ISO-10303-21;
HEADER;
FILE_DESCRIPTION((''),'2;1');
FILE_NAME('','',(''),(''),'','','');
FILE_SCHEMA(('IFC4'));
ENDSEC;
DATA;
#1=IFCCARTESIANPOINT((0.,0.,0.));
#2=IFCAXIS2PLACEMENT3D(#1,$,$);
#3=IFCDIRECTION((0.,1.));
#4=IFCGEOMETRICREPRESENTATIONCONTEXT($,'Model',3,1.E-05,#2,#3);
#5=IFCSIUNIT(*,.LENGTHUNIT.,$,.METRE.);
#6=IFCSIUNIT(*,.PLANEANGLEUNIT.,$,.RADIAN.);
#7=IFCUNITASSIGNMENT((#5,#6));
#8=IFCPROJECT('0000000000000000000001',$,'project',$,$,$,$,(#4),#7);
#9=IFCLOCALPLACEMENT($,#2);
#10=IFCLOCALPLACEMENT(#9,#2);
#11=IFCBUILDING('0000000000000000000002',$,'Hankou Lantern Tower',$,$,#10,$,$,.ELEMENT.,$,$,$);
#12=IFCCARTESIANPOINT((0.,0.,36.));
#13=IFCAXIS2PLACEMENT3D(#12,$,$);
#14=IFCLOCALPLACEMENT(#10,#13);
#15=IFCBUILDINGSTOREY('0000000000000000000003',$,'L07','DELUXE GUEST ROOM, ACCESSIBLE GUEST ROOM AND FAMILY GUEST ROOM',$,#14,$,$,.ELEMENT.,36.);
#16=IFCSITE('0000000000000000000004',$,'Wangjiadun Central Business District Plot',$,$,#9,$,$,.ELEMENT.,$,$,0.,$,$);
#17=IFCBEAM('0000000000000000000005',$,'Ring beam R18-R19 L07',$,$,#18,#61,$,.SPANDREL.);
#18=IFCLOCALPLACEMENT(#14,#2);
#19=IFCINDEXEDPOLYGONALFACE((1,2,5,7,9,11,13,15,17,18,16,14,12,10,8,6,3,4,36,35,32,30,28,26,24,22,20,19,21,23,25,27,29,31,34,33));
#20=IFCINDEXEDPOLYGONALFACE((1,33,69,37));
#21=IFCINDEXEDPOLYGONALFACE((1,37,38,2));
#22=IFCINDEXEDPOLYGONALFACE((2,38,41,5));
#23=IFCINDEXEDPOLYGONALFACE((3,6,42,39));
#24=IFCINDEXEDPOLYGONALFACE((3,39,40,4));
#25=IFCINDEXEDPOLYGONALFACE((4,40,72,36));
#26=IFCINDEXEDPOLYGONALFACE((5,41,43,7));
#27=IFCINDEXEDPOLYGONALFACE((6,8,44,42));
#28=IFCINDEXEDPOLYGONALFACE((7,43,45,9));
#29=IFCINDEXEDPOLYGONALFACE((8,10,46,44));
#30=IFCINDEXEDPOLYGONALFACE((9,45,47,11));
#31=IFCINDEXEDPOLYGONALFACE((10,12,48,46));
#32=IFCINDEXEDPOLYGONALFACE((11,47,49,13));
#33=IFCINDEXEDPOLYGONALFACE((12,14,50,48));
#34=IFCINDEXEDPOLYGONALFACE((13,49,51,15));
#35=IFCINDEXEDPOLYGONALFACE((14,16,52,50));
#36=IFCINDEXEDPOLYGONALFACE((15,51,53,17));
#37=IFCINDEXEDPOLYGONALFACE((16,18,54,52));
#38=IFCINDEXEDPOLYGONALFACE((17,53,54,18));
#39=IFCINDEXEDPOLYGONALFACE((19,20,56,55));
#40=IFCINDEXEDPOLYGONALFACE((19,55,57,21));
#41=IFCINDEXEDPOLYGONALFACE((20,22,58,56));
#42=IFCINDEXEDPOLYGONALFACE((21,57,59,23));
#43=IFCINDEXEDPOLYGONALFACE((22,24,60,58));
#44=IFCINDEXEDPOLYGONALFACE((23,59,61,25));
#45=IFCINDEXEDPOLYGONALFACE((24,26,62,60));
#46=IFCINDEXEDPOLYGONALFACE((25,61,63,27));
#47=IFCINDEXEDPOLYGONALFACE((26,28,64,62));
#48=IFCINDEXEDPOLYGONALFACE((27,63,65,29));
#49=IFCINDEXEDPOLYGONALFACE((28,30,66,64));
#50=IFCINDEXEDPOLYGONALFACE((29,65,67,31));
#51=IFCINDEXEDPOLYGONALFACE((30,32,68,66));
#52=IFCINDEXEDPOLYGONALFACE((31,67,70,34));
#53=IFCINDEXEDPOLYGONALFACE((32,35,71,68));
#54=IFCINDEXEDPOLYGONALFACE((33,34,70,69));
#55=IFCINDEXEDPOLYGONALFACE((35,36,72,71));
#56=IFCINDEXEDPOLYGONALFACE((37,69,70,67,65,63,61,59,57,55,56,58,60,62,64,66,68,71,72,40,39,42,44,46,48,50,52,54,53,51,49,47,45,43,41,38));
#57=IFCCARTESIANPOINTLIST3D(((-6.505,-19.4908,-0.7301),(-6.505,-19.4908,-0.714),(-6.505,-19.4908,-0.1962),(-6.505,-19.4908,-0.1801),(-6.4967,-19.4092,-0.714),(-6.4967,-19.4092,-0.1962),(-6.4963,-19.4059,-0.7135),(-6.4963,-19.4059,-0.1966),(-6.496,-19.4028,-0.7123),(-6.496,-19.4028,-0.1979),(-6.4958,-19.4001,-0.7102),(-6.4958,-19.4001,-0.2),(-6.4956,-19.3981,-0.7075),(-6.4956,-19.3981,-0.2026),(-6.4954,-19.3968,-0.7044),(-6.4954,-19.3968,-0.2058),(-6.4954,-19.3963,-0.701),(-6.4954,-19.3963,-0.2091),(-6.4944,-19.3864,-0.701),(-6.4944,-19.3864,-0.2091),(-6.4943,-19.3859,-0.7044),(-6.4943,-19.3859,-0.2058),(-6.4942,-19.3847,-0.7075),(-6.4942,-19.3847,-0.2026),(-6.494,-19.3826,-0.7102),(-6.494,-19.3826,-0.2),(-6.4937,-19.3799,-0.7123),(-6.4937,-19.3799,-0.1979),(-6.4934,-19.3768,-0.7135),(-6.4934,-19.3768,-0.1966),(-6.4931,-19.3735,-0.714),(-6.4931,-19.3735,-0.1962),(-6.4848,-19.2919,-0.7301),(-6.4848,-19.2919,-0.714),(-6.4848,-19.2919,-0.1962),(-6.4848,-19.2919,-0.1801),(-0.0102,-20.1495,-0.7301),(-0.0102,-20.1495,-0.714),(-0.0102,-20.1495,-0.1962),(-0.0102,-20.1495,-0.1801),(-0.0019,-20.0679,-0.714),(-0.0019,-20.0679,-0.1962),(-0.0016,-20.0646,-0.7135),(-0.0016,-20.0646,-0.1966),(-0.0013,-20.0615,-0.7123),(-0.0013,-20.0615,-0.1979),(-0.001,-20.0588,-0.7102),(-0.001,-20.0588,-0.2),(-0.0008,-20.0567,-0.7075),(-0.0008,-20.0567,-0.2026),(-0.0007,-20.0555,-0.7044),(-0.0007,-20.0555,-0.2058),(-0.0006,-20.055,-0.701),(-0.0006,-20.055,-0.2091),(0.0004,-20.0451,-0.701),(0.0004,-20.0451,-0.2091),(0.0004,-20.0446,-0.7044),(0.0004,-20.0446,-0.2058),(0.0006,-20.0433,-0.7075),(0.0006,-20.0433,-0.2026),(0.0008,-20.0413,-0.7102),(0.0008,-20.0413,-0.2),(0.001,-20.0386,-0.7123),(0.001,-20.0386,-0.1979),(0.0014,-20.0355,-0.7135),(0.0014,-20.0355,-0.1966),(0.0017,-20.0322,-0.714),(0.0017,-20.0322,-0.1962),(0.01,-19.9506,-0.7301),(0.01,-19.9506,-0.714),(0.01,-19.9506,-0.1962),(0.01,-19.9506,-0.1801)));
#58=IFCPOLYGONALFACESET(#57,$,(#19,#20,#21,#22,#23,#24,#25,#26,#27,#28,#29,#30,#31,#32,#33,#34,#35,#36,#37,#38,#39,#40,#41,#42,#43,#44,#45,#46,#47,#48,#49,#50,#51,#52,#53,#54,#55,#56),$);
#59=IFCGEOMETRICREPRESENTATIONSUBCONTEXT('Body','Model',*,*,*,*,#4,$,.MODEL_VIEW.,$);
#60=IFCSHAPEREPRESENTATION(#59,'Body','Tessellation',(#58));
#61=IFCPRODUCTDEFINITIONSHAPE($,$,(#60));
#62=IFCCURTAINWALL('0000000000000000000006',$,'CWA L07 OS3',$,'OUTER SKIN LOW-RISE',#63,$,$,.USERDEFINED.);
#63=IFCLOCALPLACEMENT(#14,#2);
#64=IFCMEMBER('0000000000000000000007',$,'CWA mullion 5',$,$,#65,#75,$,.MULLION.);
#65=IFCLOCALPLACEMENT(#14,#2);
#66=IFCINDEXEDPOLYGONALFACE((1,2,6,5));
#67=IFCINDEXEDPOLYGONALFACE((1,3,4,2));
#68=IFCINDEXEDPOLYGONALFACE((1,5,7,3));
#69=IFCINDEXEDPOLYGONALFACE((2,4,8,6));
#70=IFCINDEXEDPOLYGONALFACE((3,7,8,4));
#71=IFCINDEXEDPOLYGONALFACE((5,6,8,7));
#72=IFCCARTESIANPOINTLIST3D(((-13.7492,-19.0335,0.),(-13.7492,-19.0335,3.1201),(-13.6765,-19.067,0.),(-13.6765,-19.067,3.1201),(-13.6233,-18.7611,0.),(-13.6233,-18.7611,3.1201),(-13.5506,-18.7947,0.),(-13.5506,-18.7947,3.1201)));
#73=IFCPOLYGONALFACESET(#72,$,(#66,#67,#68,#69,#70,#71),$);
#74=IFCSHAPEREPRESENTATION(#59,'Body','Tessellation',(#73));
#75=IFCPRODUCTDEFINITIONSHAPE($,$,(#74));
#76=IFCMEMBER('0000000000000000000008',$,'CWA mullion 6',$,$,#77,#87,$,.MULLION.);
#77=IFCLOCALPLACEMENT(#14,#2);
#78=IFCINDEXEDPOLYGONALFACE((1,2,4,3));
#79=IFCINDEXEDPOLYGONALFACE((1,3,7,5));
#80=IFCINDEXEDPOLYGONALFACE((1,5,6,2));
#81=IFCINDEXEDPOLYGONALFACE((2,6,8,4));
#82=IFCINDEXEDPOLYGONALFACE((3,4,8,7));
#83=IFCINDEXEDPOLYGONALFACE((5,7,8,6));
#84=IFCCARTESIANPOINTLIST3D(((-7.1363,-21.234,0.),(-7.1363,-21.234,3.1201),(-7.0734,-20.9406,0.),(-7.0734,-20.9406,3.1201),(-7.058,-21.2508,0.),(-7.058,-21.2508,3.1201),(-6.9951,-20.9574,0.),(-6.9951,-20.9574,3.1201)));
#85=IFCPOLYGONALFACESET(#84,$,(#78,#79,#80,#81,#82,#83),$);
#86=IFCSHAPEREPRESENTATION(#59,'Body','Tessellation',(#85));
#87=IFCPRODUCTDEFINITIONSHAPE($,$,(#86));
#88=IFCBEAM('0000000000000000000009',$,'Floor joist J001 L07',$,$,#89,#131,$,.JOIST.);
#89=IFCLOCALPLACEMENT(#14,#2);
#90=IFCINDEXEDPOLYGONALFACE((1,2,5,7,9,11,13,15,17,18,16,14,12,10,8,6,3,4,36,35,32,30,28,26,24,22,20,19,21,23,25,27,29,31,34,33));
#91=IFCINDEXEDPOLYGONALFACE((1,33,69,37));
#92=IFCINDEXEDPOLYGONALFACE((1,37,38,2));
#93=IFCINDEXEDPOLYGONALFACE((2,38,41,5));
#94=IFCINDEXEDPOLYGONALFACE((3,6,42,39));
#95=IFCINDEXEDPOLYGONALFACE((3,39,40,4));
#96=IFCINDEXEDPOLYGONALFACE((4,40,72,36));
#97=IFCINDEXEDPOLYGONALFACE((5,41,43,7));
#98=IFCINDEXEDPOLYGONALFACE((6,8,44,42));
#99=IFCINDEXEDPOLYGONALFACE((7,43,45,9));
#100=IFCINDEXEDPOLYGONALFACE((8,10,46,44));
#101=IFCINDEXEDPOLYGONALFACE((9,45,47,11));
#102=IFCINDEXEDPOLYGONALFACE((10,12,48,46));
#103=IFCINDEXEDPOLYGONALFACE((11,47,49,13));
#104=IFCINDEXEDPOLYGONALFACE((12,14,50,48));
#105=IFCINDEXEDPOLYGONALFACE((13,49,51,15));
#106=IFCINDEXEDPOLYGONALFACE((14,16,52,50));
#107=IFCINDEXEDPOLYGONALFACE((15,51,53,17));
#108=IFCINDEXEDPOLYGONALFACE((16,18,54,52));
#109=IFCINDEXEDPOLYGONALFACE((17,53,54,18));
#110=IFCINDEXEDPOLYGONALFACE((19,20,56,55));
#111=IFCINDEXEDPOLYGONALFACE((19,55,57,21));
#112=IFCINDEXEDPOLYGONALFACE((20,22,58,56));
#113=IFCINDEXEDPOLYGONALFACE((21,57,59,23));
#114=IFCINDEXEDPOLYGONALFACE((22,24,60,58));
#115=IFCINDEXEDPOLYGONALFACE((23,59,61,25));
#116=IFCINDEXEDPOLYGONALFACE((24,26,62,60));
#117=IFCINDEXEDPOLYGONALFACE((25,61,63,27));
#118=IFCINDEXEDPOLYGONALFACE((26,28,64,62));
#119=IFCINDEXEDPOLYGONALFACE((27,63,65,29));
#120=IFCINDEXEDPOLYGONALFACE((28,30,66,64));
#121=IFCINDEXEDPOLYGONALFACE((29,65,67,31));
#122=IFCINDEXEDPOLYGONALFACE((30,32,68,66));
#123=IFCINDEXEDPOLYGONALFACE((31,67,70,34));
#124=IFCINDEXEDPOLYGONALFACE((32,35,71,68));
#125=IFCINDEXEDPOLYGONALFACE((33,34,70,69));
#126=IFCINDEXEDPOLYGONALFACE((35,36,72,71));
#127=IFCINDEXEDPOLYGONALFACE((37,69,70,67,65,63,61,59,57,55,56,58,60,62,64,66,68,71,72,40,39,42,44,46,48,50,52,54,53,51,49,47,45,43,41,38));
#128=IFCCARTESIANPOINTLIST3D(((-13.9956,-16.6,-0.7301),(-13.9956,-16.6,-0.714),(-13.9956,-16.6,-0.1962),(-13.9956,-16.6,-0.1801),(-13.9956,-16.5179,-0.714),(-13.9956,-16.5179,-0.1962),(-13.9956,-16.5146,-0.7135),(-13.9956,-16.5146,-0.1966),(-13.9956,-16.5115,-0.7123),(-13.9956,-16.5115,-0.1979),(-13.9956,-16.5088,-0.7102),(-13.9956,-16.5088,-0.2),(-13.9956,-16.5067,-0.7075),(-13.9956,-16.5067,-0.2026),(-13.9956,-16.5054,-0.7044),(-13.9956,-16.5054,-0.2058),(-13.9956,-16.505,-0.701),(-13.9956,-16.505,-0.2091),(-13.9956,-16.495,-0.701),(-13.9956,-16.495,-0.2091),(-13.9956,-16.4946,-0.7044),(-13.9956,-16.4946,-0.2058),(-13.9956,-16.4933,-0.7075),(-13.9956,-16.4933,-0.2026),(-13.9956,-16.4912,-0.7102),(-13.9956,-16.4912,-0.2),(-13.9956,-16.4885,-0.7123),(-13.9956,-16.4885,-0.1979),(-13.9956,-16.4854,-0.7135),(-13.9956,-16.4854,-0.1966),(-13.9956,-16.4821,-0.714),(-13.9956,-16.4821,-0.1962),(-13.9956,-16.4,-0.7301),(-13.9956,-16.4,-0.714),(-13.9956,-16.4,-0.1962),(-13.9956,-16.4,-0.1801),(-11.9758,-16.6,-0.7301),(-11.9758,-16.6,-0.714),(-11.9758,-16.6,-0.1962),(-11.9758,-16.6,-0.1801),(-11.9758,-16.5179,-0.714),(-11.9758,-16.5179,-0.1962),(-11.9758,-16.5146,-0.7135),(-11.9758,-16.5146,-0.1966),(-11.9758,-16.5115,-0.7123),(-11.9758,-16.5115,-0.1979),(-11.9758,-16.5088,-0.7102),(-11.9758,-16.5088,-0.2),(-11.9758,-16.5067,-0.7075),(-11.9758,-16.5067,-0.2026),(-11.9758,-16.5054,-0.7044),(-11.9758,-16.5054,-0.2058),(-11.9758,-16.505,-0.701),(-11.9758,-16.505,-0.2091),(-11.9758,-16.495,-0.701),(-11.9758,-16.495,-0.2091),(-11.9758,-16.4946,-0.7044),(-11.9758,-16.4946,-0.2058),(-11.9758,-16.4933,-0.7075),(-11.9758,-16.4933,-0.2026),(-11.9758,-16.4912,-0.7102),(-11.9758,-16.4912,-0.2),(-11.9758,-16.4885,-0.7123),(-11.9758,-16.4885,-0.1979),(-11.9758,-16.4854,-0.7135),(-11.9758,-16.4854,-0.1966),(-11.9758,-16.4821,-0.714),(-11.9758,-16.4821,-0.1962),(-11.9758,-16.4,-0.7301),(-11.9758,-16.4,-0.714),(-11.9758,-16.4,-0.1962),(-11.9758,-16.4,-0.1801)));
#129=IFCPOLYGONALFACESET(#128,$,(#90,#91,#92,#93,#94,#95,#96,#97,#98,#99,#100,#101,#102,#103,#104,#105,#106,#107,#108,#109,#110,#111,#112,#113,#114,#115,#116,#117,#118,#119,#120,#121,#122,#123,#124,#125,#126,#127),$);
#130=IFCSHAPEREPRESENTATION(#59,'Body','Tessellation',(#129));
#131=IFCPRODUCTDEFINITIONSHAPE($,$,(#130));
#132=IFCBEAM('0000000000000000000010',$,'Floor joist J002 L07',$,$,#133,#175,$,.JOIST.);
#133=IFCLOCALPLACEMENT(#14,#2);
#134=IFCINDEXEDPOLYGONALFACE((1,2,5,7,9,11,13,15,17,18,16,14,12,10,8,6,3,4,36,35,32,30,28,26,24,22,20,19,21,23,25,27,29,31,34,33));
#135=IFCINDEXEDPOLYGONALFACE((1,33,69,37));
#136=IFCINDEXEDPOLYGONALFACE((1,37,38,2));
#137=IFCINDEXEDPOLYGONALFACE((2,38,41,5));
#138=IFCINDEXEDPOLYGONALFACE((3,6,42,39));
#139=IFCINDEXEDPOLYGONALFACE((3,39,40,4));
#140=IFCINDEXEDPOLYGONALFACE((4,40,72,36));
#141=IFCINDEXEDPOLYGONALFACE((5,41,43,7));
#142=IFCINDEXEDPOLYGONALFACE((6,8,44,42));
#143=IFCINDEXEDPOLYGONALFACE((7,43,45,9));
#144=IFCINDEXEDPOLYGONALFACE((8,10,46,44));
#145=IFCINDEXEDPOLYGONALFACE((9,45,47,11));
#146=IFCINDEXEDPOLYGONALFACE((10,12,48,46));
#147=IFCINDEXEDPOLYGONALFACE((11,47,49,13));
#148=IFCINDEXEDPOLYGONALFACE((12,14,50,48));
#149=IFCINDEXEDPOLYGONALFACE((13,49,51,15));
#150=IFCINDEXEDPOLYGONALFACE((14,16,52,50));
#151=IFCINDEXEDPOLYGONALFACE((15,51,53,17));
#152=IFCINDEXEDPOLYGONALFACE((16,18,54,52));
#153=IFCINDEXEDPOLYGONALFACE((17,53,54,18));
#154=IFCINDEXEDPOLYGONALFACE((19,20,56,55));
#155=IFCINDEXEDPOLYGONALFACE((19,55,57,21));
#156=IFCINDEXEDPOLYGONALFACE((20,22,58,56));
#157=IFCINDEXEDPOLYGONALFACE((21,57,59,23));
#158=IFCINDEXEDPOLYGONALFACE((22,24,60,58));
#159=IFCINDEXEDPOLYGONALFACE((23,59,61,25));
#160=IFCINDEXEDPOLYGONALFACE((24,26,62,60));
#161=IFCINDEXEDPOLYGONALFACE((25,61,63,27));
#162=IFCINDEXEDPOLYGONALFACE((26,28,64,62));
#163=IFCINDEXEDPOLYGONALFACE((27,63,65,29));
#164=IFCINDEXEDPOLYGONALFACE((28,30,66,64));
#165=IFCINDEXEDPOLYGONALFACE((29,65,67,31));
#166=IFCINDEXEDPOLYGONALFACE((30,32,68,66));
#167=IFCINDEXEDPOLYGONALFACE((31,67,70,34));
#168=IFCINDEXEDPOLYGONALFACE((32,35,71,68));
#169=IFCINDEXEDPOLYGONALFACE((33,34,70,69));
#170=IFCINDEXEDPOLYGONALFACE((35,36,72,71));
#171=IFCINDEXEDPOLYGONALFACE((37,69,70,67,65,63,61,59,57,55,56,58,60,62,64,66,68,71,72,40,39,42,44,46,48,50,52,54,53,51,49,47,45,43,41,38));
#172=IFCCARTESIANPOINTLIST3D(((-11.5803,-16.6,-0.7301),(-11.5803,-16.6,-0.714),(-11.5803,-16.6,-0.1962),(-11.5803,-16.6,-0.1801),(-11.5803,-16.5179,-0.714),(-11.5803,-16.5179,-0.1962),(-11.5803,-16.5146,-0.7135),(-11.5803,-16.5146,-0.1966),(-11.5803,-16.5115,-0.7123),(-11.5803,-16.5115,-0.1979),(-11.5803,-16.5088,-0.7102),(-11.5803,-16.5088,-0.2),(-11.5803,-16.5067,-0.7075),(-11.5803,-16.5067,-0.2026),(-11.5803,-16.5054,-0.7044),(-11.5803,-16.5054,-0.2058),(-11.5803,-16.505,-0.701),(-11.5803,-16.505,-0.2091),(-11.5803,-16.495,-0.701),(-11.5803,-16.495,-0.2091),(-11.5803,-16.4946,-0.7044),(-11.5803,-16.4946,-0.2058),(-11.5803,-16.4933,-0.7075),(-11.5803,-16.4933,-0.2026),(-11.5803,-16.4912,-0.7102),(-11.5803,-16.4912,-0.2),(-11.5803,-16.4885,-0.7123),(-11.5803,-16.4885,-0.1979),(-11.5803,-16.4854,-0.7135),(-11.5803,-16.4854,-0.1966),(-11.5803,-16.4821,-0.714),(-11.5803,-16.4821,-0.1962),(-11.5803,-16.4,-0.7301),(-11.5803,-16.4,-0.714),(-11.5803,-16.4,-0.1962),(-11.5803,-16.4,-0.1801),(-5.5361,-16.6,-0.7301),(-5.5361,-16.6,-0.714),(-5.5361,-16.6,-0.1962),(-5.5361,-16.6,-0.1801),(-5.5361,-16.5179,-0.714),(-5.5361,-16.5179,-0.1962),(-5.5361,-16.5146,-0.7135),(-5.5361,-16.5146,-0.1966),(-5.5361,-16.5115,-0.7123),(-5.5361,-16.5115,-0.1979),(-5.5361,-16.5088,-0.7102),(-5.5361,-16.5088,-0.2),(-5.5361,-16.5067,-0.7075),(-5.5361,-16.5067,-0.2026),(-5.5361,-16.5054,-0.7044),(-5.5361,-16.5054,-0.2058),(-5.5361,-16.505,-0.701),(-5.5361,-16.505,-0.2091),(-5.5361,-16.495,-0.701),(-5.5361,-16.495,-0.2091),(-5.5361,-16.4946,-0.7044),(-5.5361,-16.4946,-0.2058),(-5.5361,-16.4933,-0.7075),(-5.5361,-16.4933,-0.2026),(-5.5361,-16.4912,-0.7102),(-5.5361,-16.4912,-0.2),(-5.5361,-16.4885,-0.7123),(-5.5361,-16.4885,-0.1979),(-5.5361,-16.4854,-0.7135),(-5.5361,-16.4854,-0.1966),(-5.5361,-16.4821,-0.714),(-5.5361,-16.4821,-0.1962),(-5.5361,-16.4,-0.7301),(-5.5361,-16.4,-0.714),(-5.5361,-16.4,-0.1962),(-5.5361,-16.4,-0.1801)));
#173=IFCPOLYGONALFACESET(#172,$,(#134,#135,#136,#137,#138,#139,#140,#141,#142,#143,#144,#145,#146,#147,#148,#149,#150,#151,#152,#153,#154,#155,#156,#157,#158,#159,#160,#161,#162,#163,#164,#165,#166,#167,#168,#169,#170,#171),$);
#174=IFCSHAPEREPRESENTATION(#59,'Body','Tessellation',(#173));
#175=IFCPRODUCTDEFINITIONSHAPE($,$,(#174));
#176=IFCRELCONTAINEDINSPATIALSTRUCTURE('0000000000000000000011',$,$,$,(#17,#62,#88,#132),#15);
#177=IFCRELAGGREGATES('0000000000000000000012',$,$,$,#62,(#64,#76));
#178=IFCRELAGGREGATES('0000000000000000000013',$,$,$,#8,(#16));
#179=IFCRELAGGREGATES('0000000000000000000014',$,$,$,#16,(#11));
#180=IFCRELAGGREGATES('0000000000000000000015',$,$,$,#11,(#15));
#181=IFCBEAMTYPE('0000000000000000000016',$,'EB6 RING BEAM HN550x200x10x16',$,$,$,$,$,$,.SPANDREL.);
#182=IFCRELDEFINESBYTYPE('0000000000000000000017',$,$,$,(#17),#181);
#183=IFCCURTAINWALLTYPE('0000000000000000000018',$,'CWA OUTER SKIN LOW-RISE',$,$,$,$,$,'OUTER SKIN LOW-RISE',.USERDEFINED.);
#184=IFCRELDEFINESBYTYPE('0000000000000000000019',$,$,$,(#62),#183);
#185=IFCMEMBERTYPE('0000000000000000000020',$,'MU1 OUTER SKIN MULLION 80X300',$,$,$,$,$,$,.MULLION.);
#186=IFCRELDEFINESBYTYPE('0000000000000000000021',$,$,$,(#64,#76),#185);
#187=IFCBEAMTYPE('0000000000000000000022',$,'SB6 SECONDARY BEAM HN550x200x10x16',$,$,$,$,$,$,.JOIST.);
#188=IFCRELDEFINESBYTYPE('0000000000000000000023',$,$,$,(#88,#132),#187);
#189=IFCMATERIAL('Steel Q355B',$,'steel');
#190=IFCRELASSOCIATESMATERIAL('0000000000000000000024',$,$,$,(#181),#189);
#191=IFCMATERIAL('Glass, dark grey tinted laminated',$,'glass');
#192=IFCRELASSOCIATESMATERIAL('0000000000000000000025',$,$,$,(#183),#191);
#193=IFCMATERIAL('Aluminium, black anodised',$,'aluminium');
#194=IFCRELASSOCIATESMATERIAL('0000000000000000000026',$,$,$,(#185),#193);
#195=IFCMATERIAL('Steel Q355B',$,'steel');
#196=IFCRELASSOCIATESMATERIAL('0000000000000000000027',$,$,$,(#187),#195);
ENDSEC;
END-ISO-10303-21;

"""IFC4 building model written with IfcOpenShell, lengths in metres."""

from ifc_helpers import new_model, si_unit, direction, frame, origin, origin_2d, place, context, subcontext, project, spatial, rectangle, i_section, extrude, material, material_profile, profile_set, type_object, element, aggregate, save


model = new_model("IFC4")

# Units and contexts
model_context = context("Model", 3, precision=1e-05, world=origin(), true_north=direction((0.0, 1.0)))
body_context = subcontext(model_context, "Body", "Model", "MODEL_VIEW")
ifc_project = project(units=[si_unit("LENGTHUNIT", "METRE"), si_unit("PLANEANGLEUNIT", "RADIAN")], contexts=[model_context])

# Site, building, storey
site_placement = place(None, origin())
site = spatial("IfcSite", under=ifc_project, at=site_placement, Name="Wangjiadun Central Business District Plot", CompositionType="ELEMENT", RefElevation=0.0)
building_placement = place(site_placement, origin())
building = spatial("IfcBuilding", under=site, at=building_placement, Name="Hankou Lantern Tower", CompositionType="ELEMENT")
storey_placement = place(building_placement, frame((0.0, 0.0, 36.0)))
storey = spatial("IfcBuildingStorey", under=building, at=storey_placement, Name="L07", Description="DELUXE GUEST ROOM, ACCESSIBLE GUEST ROOM AND FAMILY GUEST ROOM", CompositionType="ELEMENT", Elevation=36.0)

# Beam
ifc_material_1 = material(Name="Steel Q355B", Category="steel")
ifc_material_profile_1 = material_profile(ifc_material_1, i_section(OverallWidth=0.2, OverallDepth=0.55, WebThickness=0.01, FlangeThickness=0.0161, FilletRadius=0.0129, at=origin_2d()), Name="HN550x200x10x16")
ifc_profile_set_1 = profile_set([ifc_material_profile_1], Name="Steel Q355B")
beam_type_1 = type_object("IfcBeamType", Name="EB6 RING BEAM HN550x200x10x16", PredefinedType="SPANDREL", material=ifc_profile_set_1)
beam_1_placement = place(storey_placement, frame((-6.4949, -19.3914, -0.4551), z_axis=(0.994897, -0.1009, 0.0), x_axis=(0.1009, 0.994897, 0.0)))
element("IfcBeam", 1, at=beam_1_placement, inside=storey, type_object=beam_type_1, Name="Ring beam R18-R19 L07", PredefinedType="SPANDREL", context=body_context, shape_type="SweptSolid", body=[
    extrude(i_section(OverallWidth=0.2, OverallDepth=0.55, WebThickness=0.01, FlangeThickness=0.0161, FilletRadius=0.0129, at=origin_2d()), origin(), (0.0, 0.0, 1.0), 6.5281),
])

# Curtain wall, members
ifc_material_2 = material(Name="Glass, dark grey tinted laminated", Category="glass")
curtain_wall_type = type_object("IfcCurtainWallType", Name="CWA OUTER SKIN LOW-RISE", ElementType="OUTER SKIN LOW-RISE", PredefinedType="USERDEFINED", material=ifc_material_2)
curtain_wall_placement = place(storey_placement, origin())
curtain_wall = element("IfcCurtainWall", 2, at=curtain_wall_placement, inside=storey, type_object=curtain_wall_type, Name="CWA L07 OS3", ObjectType="OUTER SKIN LOW-RISE", PredefinedType="USERDEFINED")
ifc_material_3 = material(Name="Aluminium, black anodised", Category="aluminium")
ifc_material_profile_2 = material_profile(ifc_material_3, rectangle(XDim=0.0801, YDim=0.3, at=origin_2d()), Name="MU1 80X300")
ifc_profile_set_2 = profile_set([ifc_material_profile_2], Name="Aluminium, black anodised")
member_type_1 = type_object("IfcMemberType", Name="MU1 OUTER SKIN MULLION 80X300", PredefinedType="MULLION", material=ifc_profile_set_2)
member_1_placement = place(storey_placement, frame((-13.6499, -18.9141, 0.0), z_axis=(0.0, 0.0, 1.0), x_axis=(0.907841, -0.419314, 0.0)))
member_1 = element("IfcMember", 3, at=member_1_placement, type_object=member_type_1, Name="CWA mullion 5", PredefinedType="MULLION", context=body_context, shape_type="SweptSolid", body=[
    extrude(rectangle(XDim=0.0801, YDim=0.3, at=origin_2d()), origin(), (0.0, 0.0, 1.0), 3.1201),
])
member_2_placement = place(storey_placement, frame((-7.0657, -21.0957, 0.0), z_axis=(0.0, 0.0, 1.0), x_axis=(0.977788, -0.209598, 0.0)))
member_2 = element("IfcMember", 4, at=member_2_placement, type_object=member_type_1, Name="CWA mullion 6", PredefinedType="MULLION", context=body_context, shape_type="SweptSolid", body=[
    extrude(rectangle(XDim=0.0801, YDim=0.3, at=origin_2d()), origin(), (0.0, 0.0, 1.0), 3.1201),
])

# Beams
ifc_material_4 = material(Name="Steel Q355B", Category="steel")
ifc_material_profile_3 = material_profile(ifc_material_4, i_section(OverallWidth=0.2, OverallDepth=0.55, WebThickness=0.01, FlangeThickness=0.0161, FilletRadius=0.0129, at=origin_2d()), Name="HN550x200x10x16")
ifc_profile_set_3 = profile_set([ifc_material_profile_3], Name="Steel Q355B")
beam_type_2 = type_object("IfcBeamType", Name="SB6 SECONDARY BEAM HN550x200x10x16", PredefinedType="JOIST", material=ifc_profile_set_3)
beam_2_placement = place(storey_placement, frame((-13.9956, -16.5, -0.4551), z_axis=(1.0, 0.0, 0.0), x_axis=(0.0, 1.0, 0.0)))
element("IfcBeam", 5, at=beam_2_placement, inside=storey, type_object=beam_type_2, Name="Floor joist J001 L07", PredefinedType="JOIST", context=body_context, shape_type="SweptSolid", body=[
    extrude(i_section(OverallWidth=0.2, OverallDepth=0.55, WebThickness=0.01, FlangeThickness=0.0161, FilletRadius=0.0129, at=origin_2d()), origin(), (0.0, 0.0, 1.0), 2.0198),
])
beam_3_placement = place(storey_placement, frame((-11.5803, -16.5, -0.4551), z_axis=(1.0, 0.0, 0.0), x_axis=(0.0, 1.0, 0.0)))
element("IfcBeam", 6, at=beam_3_placement, inside=storey, type_object=beam_type_2, Name="Floor joist J002 L07", PredefinedType="JOIST", context=body_context, shape_type="SweptSolid", body=[
    extrude(i_section(OverallWidth=0.2, OverallDepth=0.55, WebThickness=0.01, FlangeThickness=0.0161, FilletRadius=0.0129, at=origin_2d()), origin(), (0.0, 0.0, 1.0), 6.0442),
])

aggregate(curtain_wall, [member_1, member_2])

save(model, "model.ifc")
